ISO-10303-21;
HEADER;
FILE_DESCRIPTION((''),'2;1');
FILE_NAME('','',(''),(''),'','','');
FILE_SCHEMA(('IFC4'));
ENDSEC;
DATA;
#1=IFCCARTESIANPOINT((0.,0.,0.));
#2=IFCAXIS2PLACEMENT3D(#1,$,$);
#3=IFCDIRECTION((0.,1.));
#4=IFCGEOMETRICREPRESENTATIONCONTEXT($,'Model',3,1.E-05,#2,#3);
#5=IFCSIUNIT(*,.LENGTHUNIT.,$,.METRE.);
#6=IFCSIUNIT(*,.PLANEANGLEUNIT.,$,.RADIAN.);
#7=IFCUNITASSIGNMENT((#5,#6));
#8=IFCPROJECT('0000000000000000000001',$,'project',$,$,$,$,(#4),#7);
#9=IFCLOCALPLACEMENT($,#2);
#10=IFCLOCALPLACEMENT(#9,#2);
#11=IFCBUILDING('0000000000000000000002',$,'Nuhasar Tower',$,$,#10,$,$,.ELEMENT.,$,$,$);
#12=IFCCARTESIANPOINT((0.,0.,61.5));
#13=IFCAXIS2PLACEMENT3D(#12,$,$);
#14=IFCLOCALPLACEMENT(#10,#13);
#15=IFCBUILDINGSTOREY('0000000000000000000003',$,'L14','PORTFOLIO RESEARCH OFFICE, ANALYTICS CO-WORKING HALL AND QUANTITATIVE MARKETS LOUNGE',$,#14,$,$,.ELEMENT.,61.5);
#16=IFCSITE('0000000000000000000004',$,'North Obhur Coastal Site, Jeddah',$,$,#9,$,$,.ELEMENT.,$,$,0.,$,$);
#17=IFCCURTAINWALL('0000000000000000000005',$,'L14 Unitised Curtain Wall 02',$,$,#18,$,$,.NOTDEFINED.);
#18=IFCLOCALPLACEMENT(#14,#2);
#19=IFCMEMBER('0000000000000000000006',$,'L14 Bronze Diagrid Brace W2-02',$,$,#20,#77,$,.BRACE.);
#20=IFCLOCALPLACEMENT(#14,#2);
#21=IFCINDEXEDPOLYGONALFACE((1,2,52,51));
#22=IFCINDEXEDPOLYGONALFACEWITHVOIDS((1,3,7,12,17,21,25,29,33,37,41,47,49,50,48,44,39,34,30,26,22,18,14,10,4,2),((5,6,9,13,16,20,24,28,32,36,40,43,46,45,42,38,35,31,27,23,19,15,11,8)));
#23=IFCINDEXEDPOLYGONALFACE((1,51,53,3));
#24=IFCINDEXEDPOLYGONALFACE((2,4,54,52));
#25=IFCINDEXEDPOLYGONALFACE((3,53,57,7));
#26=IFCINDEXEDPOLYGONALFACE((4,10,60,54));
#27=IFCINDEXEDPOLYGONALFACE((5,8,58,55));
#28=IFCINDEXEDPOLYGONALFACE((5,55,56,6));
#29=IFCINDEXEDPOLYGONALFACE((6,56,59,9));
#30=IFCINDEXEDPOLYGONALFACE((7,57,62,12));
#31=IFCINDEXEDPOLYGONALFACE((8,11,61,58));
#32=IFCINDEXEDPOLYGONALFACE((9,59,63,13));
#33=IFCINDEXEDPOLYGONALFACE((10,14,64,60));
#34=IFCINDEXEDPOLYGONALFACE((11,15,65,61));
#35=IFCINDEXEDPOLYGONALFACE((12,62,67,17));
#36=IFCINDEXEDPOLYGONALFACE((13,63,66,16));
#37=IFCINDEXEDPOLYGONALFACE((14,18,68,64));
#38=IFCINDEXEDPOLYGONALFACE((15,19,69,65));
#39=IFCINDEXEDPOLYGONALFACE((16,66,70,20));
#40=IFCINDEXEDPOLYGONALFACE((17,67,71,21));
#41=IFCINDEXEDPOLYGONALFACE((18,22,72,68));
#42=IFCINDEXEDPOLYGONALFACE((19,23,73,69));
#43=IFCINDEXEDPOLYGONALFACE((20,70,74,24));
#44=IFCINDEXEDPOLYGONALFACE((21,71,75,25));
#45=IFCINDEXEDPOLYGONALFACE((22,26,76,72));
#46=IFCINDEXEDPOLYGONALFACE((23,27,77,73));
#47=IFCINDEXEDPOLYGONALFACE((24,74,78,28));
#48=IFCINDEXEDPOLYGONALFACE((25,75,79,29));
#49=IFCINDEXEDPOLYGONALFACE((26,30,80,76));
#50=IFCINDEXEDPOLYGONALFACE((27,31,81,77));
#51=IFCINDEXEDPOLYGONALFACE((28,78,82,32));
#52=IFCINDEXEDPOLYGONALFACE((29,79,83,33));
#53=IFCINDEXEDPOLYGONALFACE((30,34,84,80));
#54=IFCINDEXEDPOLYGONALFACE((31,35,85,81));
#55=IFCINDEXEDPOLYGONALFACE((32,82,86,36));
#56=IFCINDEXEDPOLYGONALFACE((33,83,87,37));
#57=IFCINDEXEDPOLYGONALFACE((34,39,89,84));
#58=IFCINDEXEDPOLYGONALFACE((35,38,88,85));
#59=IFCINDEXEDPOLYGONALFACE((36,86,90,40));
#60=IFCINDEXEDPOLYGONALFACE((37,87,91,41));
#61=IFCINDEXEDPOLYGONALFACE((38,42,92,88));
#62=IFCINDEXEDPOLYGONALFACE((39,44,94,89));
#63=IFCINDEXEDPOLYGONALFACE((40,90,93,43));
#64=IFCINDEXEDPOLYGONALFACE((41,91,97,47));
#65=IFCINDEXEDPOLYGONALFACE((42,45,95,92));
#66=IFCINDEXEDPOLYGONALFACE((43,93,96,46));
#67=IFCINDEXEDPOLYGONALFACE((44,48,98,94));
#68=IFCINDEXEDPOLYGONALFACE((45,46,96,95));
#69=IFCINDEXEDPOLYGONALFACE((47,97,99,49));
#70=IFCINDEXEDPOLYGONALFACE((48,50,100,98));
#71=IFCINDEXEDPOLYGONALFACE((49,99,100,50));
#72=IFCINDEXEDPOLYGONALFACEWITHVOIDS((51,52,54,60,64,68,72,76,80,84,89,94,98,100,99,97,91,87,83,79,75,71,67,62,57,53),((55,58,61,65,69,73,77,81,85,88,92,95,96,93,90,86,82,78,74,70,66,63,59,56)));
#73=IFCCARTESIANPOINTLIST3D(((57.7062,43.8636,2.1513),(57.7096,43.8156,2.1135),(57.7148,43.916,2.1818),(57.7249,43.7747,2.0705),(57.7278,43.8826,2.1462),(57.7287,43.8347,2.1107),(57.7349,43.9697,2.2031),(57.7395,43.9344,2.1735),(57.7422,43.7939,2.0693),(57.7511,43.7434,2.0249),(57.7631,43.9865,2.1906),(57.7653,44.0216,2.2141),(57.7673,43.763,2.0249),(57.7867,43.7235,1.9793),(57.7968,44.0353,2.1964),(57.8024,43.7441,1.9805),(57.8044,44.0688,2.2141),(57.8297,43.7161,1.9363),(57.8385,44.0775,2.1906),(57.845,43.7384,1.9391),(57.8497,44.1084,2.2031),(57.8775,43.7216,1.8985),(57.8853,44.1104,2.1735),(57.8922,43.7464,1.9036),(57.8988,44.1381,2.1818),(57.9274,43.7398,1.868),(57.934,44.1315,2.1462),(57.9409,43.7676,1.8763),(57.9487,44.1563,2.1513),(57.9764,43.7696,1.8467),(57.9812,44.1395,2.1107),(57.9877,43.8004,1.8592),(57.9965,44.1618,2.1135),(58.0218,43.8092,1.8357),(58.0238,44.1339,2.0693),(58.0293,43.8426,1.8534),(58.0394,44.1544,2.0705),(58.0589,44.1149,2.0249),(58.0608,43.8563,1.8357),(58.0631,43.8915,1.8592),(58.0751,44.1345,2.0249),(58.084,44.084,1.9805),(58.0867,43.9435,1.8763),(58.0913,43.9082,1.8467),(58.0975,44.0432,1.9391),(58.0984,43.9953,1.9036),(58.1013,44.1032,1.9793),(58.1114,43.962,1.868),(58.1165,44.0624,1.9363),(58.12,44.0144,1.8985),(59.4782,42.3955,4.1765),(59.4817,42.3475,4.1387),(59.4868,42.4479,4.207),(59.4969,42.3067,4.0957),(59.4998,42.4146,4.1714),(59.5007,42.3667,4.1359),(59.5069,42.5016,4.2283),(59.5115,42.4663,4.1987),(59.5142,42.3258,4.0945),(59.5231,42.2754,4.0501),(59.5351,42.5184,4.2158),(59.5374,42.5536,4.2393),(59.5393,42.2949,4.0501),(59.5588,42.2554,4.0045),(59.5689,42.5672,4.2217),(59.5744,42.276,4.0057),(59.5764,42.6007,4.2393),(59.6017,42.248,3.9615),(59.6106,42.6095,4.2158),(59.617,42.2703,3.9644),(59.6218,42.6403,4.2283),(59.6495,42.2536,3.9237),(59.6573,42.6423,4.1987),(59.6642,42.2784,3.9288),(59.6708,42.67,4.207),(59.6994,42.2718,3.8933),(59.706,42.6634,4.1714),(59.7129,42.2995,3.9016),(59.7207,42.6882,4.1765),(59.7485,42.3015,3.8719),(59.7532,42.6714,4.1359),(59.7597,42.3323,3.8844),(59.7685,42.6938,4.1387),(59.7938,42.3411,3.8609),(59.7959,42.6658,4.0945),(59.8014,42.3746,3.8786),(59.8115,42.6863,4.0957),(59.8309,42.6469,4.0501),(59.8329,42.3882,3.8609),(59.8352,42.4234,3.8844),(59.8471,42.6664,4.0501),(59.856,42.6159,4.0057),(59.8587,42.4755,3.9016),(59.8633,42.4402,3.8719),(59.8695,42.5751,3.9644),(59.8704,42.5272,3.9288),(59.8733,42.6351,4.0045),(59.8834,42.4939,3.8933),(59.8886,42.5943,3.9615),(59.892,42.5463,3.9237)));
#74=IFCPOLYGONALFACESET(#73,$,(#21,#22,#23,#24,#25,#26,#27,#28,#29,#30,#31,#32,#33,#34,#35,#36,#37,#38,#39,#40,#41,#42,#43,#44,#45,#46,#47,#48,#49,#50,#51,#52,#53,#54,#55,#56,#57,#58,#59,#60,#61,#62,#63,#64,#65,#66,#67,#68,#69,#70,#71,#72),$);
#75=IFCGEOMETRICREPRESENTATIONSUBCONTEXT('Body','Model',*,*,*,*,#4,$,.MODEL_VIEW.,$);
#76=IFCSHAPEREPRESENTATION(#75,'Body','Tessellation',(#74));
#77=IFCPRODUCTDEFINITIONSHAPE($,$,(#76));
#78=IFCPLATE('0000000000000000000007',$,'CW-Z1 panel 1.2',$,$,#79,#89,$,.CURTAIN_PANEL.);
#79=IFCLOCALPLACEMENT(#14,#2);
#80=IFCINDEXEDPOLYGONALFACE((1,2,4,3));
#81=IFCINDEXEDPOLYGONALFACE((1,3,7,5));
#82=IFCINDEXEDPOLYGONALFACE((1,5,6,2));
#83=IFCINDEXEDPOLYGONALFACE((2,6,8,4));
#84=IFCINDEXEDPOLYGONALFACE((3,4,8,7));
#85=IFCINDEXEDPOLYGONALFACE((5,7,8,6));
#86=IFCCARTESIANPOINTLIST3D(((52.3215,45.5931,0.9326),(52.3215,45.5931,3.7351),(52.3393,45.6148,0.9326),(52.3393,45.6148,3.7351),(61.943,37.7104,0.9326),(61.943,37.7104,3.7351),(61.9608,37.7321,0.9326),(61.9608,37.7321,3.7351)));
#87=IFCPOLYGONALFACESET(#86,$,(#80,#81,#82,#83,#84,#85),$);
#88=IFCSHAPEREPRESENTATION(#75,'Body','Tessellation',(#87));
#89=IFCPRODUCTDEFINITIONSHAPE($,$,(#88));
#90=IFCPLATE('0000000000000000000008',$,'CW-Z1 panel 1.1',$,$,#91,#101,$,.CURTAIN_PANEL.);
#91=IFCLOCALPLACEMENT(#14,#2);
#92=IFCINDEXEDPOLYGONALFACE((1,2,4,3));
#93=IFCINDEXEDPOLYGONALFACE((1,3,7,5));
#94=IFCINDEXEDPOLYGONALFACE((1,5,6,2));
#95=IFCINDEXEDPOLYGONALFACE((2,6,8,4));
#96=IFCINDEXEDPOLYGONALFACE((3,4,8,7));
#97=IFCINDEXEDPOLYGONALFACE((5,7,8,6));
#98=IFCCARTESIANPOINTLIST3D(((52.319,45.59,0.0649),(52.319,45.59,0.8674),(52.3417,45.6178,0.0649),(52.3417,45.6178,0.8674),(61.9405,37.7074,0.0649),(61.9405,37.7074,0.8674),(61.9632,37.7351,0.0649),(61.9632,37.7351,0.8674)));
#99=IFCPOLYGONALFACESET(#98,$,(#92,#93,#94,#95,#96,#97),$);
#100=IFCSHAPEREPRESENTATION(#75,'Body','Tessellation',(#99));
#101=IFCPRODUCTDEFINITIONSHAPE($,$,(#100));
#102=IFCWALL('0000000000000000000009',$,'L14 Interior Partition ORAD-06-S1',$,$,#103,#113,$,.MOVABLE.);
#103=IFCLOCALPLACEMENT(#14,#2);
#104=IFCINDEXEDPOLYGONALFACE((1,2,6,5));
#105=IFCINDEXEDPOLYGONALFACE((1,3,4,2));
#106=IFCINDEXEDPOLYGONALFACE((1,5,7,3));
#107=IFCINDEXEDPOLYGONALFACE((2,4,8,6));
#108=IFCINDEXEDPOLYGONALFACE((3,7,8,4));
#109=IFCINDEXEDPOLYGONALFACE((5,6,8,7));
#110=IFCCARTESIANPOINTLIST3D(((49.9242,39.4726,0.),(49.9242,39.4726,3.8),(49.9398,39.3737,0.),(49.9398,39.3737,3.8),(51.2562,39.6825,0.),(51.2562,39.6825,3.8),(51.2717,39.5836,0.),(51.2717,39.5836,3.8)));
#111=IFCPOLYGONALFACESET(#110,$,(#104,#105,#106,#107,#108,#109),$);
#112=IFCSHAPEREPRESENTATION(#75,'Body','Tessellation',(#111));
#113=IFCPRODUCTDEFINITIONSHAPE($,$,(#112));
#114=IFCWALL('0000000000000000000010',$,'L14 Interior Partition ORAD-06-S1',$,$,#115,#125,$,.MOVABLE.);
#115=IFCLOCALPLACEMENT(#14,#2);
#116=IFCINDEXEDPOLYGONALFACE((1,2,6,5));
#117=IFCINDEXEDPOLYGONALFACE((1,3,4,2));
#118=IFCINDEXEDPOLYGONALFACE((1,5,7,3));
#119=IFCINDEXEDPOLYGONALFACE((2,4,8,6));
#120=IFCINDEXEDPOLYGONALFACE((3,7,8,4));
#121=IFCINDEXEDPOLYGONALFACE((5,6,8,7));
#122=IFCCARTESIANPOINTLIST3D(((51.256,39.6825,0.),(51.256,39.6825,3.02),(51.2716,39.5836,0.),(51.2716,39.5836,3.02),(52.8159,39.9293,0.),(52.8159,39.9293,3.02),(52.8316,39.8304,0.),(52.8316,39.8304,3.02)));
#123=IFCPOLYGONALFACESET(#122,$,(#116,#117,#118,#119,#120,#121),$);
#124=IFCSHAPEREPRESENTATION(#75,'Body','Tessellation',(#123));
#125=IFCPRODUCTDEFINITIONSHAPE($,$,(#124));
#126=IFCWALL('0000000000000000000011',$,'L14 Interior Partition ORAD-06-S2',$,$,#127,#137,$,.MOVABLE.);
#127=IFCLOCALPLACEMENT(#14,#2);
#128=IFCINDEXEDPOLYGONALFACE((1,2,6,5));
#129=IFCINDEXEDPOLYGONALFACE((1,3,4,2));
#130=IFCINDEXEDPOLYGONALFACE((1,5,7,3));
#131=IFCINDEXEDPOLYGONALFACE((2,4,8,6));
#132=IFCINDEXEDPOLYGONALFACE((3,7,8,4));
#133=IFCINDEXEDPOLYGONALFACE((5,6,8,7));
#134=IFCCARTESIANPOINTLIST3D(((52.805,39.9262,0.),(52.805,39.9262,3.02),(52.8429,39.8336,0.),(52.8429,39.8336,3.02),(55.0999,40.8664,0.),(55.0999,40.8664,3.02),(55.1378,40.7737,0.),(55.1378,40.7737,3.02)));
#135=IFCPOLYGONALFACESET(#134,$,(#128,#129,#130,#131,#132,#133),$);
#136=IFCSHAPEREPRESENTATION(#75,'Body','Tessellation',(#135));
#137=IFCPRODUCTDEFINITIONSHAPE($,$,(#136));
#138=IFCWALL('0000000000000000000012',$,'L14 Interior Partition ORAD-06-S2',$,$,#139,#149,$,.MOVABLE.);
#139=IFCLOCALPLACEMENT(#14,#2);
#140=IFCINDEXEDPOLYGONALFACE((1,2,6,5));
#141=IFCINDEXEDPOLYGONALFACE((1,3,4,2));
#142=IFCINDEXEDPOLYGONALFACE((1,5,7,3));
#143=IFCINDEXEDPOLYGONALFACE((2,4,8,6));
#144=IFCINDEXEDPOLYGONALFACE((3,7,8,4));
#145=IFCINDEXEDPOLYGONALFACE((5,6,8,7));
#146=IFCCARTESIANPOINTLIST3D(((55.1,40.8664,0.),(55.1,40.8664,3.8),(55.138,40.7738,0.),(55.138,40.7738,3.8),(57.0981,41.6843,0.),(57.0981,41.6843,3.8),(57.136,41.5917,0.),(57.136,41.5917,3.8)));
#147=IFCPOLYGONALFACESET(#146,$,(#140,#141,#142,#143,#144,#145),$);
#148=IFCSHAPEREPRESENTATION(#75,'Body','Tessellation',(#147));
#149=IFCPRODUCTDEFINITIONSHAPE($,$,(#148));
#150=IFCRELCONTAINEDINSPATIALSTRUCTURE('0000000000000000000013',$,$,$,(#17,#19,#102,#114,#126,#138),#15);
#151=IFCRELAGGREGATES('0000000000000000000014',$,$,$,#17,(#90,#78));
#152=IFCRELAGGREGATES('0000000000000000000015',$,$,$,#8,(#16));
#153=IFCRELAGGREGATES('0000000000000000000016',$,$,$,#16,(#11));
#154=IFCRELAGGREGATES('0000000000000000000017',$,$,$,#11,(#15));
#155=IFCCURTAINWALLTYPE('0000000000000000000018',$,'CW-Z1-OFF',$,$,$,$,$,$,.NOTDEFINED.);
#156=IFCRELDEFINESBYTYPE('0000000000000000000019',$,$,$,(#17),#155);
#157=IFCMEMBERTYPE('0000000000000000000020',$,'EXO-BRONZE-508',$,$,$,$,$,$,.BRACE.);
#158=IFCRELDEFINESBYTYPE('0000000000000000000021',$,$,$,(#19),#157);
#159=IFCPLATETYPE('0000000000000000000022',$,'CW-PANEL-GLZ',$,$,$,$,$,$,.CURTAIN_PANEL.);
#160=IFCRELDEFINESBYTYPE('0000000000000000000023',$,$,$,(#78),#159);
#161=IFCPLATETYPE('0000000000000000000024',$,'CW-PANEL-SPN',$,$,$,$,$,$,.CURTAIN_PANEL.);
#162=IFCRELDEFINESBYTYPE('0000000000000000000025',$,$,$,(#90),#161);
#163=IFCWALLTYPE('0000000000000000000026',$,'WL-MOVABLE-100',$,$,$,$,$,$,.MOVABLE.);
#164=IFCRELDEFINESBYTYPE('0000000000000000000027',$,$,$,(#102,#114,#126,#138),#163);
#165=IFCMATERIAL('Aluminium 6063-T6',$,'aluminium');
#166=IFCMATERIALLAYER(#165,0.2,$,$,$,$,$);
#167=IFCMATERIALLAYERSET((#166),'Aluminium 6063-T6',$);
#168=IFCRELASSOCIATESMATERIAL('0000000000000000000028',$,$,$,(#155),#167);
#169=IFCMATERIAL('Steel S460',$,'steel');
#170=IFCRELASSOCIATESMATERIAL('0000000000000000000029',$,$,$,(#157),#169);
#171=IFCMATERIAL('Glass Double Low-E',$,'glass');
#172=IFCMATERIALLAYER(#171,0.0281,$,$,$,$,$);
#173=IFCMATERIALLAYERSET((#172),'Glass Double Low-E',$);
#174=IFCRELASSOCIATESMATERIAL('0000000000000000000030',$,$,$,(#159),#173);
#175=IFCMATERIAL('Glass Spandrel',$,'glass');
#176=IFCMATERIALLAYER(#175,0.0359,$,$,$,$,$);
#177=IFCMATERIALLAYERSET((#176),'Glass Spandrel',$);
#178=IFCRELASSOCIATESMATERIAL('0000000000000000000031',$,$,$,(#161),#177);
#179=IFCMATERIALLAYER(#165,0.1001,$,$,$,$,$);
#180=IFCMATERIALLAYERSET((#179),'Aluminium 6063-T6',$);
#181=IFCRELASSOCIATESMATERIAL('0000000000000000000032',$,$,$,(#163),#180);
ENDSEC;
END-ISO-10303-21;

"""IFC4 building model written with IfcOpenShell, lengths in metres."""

from ifc_helpers import new_model, si_unit, direction, frame, frame_2d, origin, origin_2d, place, context, subcontext, project, spatial, rectangle, hollow_circle, extrude, material, layer, layer_set, material_profile, profile_set, type_object, element, aggregate, save


model = new_model("IFC4")

# Units and contexts
model_context = context("Model", 3, precision=1e-05, world=origin(), true_north=direction((0.0, 1.0)))
body_context = subcontext(model_context, "Body", "Model", "MODEL_VIEW")
ifc_project = project(units=[si_unit("LENGTHUNIT", "METRE"), si_unit("PLANEANGLEUNIT", "RADIAN")], contexts=[model_context])

# Site, building, storey
site_placement = place(None, origin())
site = spatial("IfcSite", under=ifc_project, at=site_placement, Name="North Obhur Coastal Site, Jeddah", CompositionType="ELEMENT", RefElevation=0.0)
building_placement = place(site_placement, origin())
building = spatial("IfcBuilding", under=site, at=building_placement, Name="Nuhasar Tower", CompositionType="ELEMENT")
storey_placement = place(building_placement, frame((0.0, 0.0, 61.5)))
storey = spatial("IfcBuildingStorey", under=building, at=storey_placement, Name="L14", Description="PORTFOLIO RESEARCH OFFICE, ANALYTICS CO-WORKING HALL AND QUANTITATIVE MARKETS LOUNGE", CompositionType="ELEMENT", Elevation=61.5)

# Curtain wall
ifc_material_1 = material(Name="Aluminium 6063-T6", Category="aluminium")
ifc_layer_1 = layer(ifc_material_1, 0.2)
ifc_layer_set_1 = layer_set([ifc_layer_1], Name="Aluminium 6063-T6")
curtain_wall_type = type_object("IfcCurtainWallType", Name="CW-Z1-OFF", PredefinedType="NOTDEFINED", material=ifc_layer_set_1)
curtain_wall_1_placement = place(storey_placement, origin())
curtain_wall_1 = element("IfcCurtainWall", 1, at=curtain_wall_1_placement, inside=storey, type_object=curtain_wall_type, Name="L14 Unitised Curtain Wall 02", PredefinedType="NOTDEFINED")

# Member
ifc_material_2 = material(Name="Steel S460", Category="steel")
ifc_material_profile_1 = material_profile(ifc_material_2, hollow_circle(Radius=0.2539, WallThickness=0.0254, at=origin_2d()), Name="HSS508X25.4")
ifc_profile_set_1 = profile_set([ifc_material_profile_1], Name="Steel S460")
member_type_1 = type_object("IfcMemberType", Name="EXO-BRONZE-508", PredefinedType="BRACE", material=ifc_profile_set_1)
member_1_placement = place(storey_placement, frame((57.9131, 43.939, 2.0249), z_axis=(0.578071, -0.478912, 0.660664), x_axis=(0.637969, 0.770062, 0.0)))
element("IfcMember", 2, at=member_1_placement, inside=storey, type_object=member_type_1, Name="L14 Bronze Diagrid Brace W2-02", PredefinedType="BRACE", context=body_context, shape_type="SweptSolid", body=[
    extrude(hollow_circle(Radius=0.2539, WallThickness=0.0254, at=origin_2d()), origin(), (0.0, 0.0, 1.0), 3.0654),
])

# Plates
ifc_material_3 = material(Name="Glass Double Low-E", Category="glass")
ifc_layer_2 = layer(ifc_material_3, 0.0281)
ifc_layer_set_2 = layer_set([ifc_layer_2], Name="Glass Double Low-E")
plate_type_1 = type_object("IfcPlateType", Name="CW-PANEL-GLZ", PredefinedType="CURTAIN_PANEL", material=ifc_layer_set_2)
plate_1_placement = place(storey_placement, frame((57.1411, 41.6626, 0.9326), z_axis=(0.0, 0.0, 1.0), x_axis=(-0.773542, 0.633745, 0.0)))
plate_1 = element("IfcPlate", 3, at=plate_1_placement, type_object=plate_type_1, Name="CW-Z1 panel 1.2", PredefinedType="CURTAIN_PANEL", context=body_context, shape_type="SweptSolid", body=[
    extrude(rectangle(XDim=12.4382, YDim=0.0281, at=origin_2d()), origin(), (0.0, 0.0, 1.0), 2.8025),
])
ifc_material_4 = material(Name="Glass Spandrel", Category="glass")
ifc_layer_3 = layer(ifc_material_4, 0.0359)
ifc_layer_set_3 = layer_set([ifc_layer_3], Name="Glass Spandrel")
plate_type_2 = type_object("IfcPlateType", Name="CW-PANEL-SPN", PredefinedType="CURTAIN_PANEL", material=ifc_layer_set_3)
plate_2_placement = place(storey_placement, frame((57.1411, 41.6626, 0.0649), z_axis=(0.0, 0.0, 1.0), x_axis=(-0.773542, 0.633745, 0.0)))
plate_2 = element("IfcPlate", 4, at=plate_2_placement, type_object=plate_type_2, Name="CW-Z1 panel 1.1", PredefinedType="CURTAIN_PANEL", context=body_context, shape_type="SweptSolid", body=[
    extrude(rectangle(XDim=12.4382, YDim=0.0359, at=origin_2d()), origin(), (0.0, 0.0, 1.0), 0.8025),
])
aggregate(curtain_wall_1, [plate_2, plate_1])

# Walls
ifc_layer_4 = layer(ifc_material_1, 0.1001)
ifc_layer_set_4 = layer_set([ifc_layer_4], Name="Aluminium 6063-T6")
wall_type = type_object("IfcWallType", Name="WL-MOVABLE-100", PredefinedType="MOVABLE", material=ifc_layer_set_4)
wall_1_placement = place(storey_placement, frame((49.9319, 39.4231, 0.0), z_axis=(0.0, 0.0, 1.0), x_axis=(0.987804, 0.155702, 0.0)))
element("IfcWall", 5, at=wall_1_placement, inside=storey, type_object=wall_type, Name="L14 Interior Partition ORAD-06-S1", PredefinedType="MOVABLE", context=body_context, shape_type="SweptSolid", body=[
    extrude(rectangle(XDim=1.3484, YDim=0.1001, at=frame_2d((0.6743, 0.0))), origin(), (0.0, 0.0, 1.0), 3.8),
])
wall_2_placement = place(storey_placement, frame((51.2639, 39.6331, 0.0), z_axis=(0.0, 0.0, 1.0), x_axis=(0.987714, 0.156272, 0.0)))
element("IfcWall", 6, at=wall_2_placement, inside=storey, type_object=wall_type, Name="L14 Interior Partition ORAD-06-S1", PredefinedType="MOVABLE", context=body_context, shape_type="SweptSolid", body=[
    extrude(rectangle(XDim=1.5793, YDim=0.1001, at=frame_2d((0.7896, 0.0))), origin(), (0.0, 0.0, 1.0), 3.02),
])
wall_3_placement = place(storey_placement, frame((52.824, 39.8799, 0.0), z_axis=(0.0, 0.0, 1.0), x_axis=(0.925356, 0.3791, 0.0)))
element("IfcWall", 7, at=wall_3_placement, inside=storey, type_object=wall_type, Name="L14 Interior Partition ORAD-06-S2", PredefinedType="MOVABLE", context=body_context, shape_type="SweptSolid", body=[
    extrude(rectangle(XDim=2.48, YDim=0.1001, at=frame_2d((1.24, 0.0))), origin(), (0.0, 0.0, 1.0), 3.02),
])
wall_4_placement = place(storey_placement, frame((55.1189, 40.8201, 0.0), z_axis=(0.0, 0.0, 1.0), x_axis=(0.925468, 0.378827, 0.0)))
element("IfcWall", 8, at=wall_4_placement, inside=storey, type_object=wall_type, Name="L14 Interior Partition ORAD-06-S2", PredefinedType="MOVABLE", context=body_context, shape_type="SweptSolid", body=[
    extrude(rectangle(XDim=2.1589, YDim=0.1001, at=frame_2d((1.0796, 0.0))), origin(), (0.0, 0.0, 1.0), 3.8),
])

save(model, "model.ifc")
